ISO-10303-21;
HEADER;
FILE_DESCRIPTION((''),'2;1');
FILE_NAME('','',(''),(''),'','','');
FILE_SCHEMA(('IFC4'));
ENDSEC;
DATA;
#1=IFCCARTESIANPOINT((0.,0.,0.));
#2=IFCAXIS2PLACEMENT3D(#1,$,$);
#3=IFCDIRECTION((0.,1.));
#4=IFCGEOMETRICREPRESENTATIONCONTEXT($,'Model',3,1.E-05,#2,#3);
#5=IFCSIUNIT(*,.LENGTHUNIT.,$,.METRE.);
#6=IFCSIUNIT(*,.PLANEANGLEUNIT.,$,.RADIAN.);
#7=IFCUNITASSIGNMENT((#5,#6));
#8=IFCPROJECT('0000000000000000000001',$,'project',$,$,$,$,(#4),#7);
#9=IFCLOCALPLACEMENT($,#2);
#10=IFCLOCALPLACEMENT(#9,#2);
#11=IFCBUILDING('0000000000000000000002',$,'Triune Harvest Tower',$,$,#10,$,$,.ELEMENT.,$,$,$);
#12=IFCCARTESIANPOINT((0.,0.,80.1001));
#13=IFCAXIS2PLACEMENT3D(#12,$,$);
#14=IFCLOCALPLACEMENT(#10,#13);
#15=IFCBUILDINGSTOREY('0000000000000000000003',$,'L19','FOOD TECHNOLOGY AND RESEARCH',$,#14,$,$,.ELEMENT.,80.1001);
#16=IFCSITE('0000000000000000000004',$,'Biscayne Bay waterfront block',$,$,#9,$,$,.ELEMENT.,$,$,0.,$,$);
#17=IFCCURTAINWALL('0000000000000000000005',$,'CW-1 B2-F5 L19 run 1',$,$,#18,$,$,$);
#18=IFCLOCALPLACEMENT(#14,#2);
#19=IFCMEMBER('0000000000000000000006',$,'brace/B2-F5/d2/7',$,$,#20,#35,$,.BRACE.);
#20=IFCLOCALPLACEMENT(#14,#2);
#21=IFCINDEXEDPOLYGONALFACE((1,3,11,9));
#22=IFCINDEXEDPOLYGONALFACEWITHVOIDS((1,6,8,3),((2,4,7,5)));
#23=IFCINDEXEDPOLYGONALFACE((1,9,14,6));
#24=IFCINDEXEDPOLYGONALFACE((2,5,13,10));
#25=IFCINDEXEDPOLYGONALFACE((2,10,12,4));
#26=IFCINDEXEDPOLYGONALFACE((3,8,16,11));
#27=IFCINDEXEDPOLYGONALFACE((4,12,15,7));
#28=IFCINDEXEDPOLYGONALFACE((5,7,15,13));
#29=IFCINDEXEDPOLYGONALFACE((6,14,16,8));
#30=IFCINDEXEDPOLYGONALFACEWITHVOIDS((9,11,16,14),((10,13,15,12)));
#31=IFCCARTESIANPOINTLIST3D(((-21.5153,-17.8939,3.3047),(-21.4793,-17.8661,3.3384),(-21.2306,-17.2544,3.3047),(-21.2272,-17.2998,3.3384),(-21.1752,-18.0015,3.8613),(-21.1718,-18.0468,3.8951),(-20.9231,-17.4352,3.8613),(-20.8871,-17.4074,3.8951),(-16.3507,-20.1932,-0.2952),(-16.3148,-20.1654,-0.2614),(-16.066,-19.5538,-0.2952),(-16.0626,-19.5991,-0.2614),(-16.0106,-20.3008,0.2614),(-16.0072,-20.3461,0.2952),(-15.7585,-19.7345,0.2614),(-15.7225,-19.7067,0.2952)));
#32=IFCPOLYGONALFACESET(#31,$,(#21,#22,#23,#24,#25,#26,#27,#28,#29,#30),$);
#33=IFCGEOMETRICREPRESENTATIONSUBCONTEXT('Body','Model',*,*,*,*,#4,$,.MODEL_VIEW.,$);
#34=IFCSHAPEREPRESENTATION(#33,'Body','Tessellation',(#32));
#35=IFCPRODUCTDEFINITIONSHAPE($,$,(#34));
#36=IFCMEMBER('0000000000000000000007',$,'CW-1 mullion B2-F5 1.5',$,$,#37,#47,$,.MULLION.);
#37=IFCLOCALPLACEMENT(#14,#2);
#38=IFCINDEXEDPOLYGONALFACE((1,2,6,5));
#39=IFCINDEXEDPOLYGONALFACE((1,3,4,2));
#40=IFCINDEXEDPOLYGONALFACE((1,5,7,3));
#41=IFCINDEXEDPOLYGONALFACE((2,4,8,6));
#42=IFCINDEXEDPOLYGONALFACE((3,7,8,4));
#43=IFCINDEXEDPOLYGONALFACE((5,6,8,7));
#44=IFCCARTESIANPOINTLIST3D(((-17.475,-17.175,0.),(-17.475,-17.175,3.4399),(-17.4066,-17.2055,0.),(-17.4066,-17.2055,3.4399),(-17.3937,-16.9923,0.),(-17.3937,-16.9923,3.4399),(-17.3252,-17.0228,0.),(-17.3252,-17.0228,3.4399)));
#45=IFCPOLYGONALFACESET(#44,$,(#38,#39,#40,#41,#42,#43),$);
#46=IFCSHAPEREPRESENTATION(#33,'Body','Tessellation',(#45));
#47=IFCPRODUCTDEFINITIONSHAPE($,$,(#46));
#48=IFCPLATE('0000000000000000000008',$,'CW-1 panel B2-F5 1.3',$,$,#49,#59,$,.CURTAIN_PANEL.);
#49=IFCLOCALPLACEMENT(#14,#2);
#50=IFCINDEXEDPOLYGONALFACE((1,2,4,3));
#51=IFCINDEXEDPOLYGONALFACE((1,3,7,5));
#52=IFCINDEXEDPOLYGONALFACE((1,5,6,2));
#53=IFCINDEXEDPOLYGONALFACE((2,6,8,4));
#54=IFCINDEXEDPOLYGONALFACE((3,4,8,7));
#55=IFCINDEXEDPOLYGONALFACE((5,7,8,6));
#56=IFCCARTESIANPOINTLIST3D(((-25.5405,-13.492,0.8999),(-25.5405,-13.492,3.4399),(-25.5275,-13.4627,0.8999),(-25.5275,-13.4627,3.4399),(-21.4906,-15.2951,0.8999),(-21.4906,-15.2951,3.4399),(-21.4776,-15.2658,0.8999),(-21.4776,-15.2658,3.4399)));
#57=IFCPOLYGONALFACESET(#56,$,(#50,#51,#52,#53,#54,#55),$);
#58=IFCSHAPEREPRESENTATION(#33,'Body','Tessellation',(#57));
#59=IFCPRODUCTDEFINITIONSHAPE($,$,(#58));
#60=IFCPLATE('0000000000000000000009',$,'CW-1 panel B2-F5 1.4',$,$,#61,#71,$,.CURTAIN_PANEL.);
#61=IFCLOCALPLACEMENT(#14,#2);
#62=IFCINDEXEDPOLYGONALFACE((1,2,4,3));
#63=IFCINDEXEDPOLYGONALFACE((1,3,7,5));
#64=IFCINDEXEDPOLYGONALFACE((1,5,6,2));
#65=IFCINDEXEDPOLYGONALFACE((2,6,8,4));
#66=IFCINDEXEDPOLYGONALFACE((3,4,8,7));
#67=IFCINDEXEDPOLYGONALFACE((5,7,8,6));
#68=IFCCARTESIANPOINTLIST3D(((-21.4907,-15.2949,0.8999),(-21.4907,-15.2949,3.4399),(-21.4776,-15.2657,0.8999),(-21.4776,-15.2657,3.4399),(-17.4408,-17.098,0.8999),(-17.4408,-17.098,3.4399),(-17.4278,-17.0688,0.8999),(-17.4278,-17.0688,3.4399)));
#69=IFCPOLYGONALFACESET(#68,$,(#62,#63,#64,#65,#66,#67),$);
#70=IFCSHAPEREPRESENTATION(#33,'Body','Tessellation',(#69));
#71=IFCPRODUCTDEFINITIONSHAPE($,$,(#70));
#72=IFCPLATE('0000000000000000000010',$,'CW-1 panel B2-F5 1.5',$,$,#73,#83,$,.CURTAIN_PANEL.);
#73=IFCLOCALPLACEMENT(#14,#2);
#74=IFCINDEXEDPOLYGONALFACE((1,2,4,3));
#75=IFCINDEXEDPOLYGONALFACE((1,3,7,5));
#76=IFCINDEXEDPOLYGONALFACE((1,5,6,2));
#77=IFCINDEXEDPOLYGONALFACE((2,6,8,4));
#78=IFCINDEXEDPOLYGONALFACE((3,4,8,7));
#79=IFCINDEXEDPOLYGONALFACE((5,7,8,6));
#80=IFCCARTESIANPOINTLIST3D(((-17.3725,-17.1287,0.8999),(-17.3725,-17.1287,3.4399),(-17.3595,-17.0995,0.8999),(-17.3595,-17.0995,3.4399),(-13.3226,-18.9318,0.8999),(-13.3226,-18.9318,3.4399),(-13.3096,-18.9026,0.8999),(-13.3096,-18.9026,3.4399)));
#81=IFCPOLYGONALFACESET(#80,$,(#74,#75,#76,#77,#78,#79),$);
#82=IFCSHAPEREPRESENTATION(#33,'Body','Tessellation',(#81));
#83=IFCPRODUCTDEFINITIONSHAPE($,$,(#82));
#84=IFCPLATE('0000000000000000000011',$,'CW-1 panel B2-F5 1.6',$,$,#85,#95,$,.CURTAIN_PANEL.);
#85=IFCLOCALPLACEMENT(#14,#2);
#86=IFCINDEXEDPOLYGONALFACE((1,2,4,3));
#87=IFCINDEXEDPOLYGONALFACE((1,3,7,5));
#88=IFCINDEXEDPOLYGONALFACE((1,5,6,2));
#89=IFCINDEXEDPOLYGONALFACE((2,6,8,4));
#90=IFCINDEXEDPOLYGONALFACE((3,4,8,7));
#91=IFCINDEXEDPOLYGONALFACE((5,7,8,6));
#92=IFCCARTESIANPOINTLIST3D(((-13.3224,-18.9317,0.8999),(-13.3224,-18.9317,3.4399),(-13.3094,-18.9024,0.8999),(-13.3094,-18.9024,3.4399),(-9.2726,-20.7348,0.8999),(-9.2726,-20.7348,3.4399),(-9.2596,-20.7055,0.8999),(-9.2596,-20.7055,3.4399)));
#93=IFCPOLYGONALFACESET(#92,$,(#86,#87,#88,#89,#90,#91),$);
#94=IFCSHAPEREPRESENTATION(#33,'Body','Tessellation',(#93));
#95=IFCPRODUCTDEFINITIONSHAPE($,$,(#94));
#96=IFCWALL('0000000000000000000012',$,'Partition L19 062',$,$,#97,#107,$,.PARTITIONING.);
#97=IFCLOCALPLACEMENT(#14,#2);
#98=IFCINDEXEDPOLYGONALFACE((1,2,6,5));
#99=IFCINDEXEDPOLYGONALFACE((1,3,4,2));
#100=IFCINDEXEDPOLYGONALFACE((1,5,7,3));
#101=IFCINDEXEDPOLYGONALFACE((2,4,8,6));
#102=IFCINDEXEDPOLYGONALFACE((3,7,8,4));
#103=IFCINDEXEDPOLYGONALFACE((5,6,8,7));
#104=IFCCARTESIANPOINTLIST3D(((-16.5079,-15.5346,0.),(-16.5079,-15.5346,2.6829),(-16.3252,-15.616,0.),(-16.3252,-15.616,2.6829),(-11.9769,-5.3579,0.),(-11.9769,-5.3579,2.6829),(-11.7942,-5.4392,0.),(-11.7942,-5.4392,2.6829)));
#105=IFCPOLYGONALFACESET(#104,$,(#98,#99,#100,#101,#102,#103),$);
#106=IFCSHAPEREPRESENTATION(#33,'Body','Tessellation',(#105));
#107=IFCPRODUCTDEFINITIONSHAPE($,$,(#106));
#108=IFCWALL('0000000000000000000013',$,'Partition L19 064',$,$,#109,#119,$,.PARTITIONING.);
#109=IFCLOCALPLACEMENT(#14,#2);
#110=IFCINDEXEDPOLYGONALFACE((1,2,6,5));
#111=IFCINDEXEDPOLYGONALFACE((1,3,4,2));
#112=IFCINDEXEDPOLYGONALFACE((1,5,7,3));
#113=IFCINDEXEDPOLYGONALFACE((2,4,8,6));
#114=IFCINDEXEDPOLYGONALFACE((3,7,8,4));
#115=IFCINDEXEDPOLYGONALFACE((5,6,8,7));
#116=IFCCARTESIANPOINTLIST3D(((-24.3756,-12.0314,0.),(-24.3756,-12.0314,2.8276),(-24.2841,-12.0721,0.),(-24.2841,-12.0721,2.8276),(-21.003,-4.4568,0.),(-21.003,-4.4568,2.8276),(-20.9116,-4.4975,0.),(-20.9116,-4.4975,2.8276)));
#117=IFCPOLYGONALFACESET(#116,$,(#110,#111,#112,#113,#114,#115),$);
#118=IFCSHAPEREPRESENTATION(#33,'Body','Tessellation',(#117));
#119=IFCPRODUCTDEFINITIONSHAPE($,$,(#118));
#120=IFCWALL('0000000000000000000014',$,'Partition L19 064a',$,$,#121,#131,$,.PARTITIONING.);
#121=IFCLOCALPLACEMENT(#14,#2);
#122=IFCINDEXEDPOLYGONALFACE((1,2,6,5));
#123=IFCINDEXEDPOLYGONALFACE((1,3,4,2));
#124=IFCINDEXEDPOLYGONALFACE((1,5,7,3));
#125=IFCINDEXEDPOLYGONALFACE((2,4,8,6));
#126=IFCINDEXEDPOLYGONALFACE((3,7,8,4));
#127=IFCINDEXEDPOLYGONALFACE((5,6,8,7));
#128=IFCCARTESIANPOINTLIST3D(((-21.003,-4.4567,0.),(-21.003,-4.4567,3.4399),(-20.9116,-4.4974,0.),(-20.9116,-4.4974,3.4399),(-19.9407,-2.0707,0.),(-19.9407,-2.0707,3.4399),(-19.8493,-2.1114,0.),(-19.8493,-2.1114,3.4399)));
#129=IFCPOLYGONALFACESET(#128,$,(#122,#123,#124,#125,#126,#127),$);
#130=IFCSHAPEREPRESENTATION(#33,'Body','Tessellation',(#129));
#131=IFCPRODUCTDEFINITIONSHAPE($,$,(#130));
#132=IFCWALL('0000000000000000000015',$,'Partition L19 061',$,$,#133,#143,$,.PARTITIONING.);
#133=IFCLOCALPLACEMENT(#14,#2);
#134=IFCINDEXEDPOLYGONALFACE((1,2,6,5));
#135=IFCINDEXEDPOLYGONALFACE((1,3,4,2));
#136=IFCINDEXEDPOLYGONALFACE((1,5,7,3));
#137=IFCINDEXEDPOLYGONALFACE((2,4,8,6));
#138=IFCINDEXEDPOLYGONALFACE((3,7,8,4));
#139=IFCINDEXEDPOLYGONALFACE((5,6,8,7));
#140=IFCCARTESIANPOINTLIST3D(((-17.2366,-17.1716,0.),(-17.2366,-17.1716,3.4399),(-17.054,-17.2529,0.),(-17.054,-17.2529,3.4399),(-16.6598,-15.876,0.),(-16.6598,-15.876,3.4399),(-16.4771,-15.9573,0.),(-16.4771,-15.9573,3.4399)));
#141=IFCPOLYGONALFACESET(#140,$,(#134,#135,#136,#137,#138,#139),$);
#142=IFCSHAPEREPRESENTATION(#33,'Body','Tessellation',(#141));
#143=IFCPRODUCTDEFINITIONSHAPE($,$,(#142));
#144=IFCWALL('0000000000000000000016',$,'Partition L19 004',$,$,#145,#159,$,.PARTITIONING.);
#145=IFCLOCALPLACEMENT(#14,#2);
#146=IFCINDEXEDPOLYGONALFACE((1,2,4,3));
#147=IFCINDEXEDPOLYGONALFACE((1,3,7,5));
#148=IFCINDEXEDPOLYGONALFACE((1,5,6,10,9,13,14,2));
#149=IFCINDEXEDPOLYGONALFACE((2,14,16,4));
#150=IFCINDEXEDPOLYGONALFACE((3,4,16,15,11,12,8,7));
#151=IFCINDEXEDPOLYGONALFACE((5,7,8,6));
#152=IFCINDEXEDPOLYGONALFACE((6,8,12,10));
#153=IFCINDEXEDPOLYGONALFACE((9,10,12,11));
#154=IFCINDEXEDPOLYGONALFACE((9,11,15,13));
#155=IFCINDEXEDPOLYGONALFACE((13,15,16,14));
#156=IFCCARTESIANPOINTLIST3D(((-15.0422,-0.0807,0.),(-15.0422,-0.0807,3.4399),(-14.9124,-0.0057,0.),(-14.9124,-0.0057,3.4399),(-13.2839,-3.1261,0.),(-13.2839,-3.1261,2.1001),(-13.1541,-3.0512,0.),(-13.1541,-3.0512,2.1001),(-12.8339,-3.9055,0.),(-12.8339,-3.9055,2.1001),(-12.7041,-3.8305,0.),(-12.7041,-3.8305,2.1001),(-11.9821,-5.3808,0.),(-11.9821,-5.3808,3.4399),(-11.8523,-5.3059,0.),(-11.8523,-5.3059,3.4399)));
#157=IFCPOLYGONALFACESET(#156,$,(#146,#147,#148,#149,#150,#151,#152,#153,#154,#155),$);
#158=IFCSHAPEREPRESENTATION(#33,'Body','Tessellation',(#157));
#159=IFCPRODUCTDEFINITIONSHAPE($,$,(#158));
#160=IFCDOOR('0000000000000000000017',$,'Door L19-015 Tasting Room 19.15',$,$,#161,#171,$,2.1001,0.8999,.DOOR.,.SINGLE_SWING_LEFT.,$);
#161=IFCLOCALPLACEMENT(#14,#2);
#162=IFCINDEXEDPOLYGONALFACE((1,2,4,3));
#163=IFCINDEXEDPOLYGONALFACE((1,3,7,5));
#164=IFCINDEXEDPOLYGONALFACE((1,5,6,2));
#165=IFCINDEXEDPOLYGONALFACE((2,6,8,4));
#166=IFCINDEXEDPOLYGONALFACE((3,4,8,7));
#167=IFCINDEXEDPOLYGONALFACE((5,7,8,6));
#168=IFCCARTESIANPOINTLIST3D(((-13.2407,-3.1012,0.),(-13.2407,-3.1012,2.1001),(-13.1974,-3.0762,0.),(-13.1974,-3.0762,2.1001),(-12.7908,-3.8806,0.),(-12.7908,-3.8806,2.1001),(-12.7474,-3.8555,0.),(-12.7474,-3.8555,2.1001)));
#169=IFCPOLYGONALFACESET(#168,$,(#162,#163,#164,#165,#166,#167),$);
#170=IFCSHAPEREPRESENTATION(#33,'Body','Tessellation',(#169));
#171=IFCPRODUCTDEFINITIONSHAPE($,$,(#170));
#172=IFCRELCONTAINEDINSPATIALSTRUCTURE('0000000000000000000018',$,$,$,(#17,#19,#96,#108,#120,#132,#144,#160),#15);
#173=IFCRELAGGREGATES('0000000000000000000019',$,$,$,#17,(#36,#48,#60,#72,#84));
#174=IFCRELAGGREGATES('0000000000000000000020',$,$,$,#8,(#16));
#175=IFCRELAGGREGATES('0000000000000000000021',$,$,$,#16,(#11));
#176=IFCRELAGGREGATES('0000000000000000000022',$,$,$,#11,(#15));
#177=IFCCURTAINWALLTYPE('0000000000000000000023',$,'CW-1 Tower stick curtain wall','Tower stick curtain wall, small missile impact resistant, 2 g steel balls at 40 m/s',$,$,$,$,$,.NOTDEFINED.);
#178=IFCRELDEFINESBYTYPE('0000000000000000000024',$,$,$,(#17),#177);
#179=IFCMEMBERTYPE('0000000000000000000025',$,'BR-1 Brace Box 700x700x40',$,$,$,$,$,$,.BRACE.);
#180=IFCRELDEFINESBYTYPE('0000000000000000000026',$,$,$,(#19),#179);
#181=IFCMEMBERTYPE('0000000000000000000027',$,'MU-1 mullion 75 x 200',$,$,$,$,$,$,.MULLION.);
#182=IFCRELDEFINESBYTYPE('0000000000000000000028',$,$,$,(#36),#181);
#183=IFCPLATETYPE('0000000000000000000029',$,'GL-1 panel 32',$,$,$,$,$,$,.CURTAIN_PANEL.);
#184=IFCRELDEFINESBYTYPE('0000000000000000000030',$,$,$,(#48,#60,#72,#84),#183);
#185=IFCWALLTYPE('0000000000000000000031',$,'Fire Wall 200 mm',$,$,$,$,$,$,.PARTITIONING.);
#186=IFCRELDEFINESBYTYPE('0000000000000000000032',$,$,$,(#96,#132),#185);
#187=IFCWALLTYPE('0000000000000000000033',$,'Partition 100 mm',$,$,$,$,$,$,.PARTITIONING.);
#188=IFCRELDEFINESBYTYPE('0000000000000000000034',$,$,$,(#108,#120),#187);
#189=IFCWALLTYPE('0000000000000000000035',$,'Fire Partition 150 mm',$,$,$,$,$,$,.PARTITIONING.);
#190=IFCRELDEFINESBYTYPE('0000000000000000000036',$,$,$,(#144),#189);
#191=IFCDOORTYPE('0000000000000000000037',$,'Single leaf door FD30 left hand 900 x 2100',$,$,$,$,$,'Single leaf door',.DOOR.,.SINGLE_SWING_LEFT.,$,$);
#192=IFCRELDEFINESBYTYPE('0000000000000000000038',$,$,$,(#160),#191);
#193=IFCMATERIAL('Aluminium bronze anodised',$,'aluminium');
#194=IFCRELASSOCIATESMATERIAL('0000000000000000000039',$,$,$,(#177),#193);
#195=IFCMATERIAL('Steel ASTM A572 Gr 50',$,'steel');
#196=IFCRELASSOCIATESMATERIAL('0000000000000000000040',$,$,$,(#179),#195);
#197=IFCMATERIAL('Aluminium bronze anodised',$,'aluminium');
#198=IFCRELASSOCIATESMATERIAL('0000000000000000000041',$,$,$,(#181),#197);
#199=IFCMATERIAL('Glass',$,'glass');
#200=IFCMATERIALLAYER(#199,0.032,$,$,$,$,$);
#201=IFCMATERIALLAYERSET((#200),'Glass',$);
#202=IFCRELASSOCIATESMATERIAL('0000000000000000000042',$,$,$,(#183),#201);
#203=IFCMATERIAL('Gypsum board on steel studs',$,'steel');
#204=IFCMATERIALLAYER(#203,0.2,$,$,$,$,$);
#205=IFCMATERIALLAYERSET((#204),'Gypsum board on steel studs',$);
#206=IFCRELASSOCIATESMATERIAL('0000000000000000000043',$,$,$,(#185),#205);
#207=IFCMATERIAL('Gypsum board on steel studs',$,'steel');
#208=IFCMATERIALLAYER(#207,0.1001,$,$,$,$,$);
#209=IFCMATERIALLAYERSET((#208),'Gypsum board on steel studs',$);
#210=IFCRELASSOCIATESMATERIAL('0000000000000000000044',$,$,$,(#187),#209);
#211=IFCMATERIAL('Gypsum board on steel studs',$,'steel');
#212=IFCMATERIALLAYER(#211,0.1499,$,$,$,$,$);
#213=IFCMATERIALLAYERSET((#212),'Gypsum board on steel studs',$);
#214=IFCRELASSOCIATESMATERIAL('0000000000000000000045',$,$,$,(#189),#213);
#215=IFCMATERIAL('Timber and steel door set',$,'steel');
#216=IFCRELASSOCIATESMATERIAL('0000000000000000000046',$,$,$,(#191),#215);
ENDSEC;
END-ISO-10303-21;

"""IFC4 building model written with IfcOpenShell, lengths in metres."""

from ifc_helpers import new_model, si_unit, direction, frame, frame_2d, origin, origin_2d, place, context, subcontext, project, spatial, rectangle, hollow_rectangle, extrude, source, transform, mapped, material, layer, layer_set, material_profile, profile_set, type_object, element, fill, aggregate, save


model = new_model("IFC4")

# Units and contexts
model_context = context("Model", 3, precision=1e-05, world=origin(), true_north=direction((0.0, 1.0)))
body_context = subcontext(model_context, "Body", "Model", "MODEL_VIEW")
ifc_project = project(units=[si_unit("LENGTHUNIT", "METRE"), si_unit("PLANEANGLEUNIT", "RADIAN")], contexts=[model_context])

# Site, building, storey
site_placement = place(None, origin())
site = spatial("IfcSite", under=ifc_project, at=site_placement, Name="Biscayne Bay waterfront block", CompositionType="ELEMENT", RefElevation=0.0)
building_placement = place(site_placement, origin())
building = spatial("IfcBuilding", under=site, at=building_placement, Name="Triune Harvest Tower", CompositionType="ELEMENT")
storey_placement = place(building_placement, frame((0.0, 0.0, 80.1001)))
storey = spatial("IfcBuildingStorey", under=building, at=storey_placement, Name="L19", Description="FOOD TECHNOLOGY AND RESEARCH", CompositionType="ELEMENT", Elevation=80.1001)

# Curtain wall
ifc_material_1 = material(Name="Aluminium bronze anodised", Category="aluminium")
curtain_wall_type = type_object("IfcCurtainWallType", Name="CW-1 Tower stick curtain wall", Description="Tower stick curtain wall, small missile impact resistant, 2 g steel balls at 40 m/s", PredefinedType="NOTDEFINED", material=ifc_material_1)
curtain_wall_placement = place(storey_placement, origin())
curtain_wall = element("IfcCurtainWall", 1, at=curtain_wall_placement, inside=storey, type_object=curtain_wall_type, Name="CW-1 B2-F5 L19 run 1")

# Members
ifc_material_2 = material(Name="Steel ASTM A572 Gr 50", Category="steel")
ifc_material_profile_1 = material_profile(ifc_material_2, hollow_rectangle(XDim=0.7, YDim=0.7, WallThickness=0.04, at=origin_2d()), Name="Box 700x700x40")
ifc_profile_set_1 = profile_set([ifc_material_profile_1], Name="Steel ASTM A572 Gr 50")
member_type_1 = type_object("IfcMemberType", Name="BR-1 Brace Box 700x700x40", PredefinedType="BRACE", material=ifc_profile_set_1)
shared_shape_1 = source(origin(), body_context, "Body", "SweptSolid", [
    extrude(hollow_rectangle(XDim=0.7, YDim=0.7, WallThickness=0.04, at=origin_2d()), origin(), (0.0, 0.0, 1.0), 6.7021),
])
member_1_placement = place(storey_placement, frame((-16.0366, -19.95, 0.0), z_axis=(-0.770585, 0.343073, 0.537122), x_axis=(-0.406723, -0.913551, 0.0)))
element("IfcMember", 2, at=member_1_placement, inside=storey, type_object=member_type_1, Name="brace/B2-F5/d2/7", PredefinedType="BRACE", context=body_context, shape_type="MappedRepresentation", body=[
    mapped(shared_shape_1, transform((0.0, 0.0, 0.0), scale=1.0)),
])
ifc_material_3 = material(Name="Aluminium bronze anodised", Category="aluminium")
ifc_material_profile_2 = material_profile(ifc_material_3, rectangle(XDim=0.2, YDim=0.075, at=origin_2d()), Name="MU-1 mullion 75 x 200")
ifc_profile_set_2 = profile_set([ifc_material_profile_2], Name="Aluminium bronze anodised")
member_type_2 = type_object("IfcMemberType", Name="MU-1 mullion 75 x 200", PredefinedType="MULLION", material=ifc_profile_set_2)
shared_shape_2 = source(origin(), body_context, "Body", "SweptSolid", [
    extrude(rectangle(XDim=0.2, YDim=0.075, at=origin_2d()), origin(), (0.0, 0.0, 1.0), 3.4399),
])
member_2_placement = place(storey_placement, frame((-17.4001, -17.0989, 0.0), z_axis=(0.0, 0.0, 1.0), x_axis=(0.406736, 0.913546, 0.0)))
member_2 = element("IfcMember", 3, at=member_2_placement, type_object=member_type_2, Name="CW-1 mullion B2-F5 1.5", PredefinedType="MULLION", context=body_context, shape_type="MappedRepresentation", body=[
    mapped(shared_shape_2, transform((0.0, 0.0, 0.0), scale=1.0)),
])

# Plates
ifc_material_4 = material(Name="Glass", Category="glass")
ifc_layer_1 = layer(ifc_material_4, 0.032)
ifc_layer_set_1 = layer_set([ifc_layer_1], Name="Glass")
plate_type = type_object("IfcPlateType", Name="GL-1 panel 32", PredefinedType="CURTAIN_PANEL", material=ifc_layer_set_1)
shared_shape_3 = source(origin(), body_context, "Body", "SweptSolid", [
    extrude(rectangle(XDim=4.4331, YDim=0.032, at=origin_2d()), origin(), (0.0, 0.0, 1.0), 2.54),
])
plate_1_placement = place(storey_placement, frame((-23.509, -14.3789, 0.8999), z_axis=(0.0, 0.0, 1.0), x_axis=(0.913546, -0.406736, 0.0)))
plate_1 = element("IfcPlate", 4, at=plate_1_placement, type_object=plate_type, Name="CW-1 panel B2-F5 1.3", PredefinedType="CURTAIN_PANEL", context=body_context, shape_type="MappedRepresentation", body=[
    mapped(shared_shape_3, transform((0.0, 0.0, 0.0), scale=1.0)),
])
plate_2_placement = place(storey_placement, frame((-19.4592, -16.1819, 0.8999), z_axis=(0.0, 0.0, 1.0), x_axis=(0.913546, -0.406736, 0.0)))
plate_2 = element("IfcPlate", 5, at=plate_2_placement, type_object=plate_type, Name="CW-1 panel B2-F5 1.4", PredefinedType="CURTAIN_PANEL", context=body_context, shape_type="MappedRepresentation", body=[
    mapped(shared_shape_3, transform((0.0, 0.0, 0.0), scale=1.0)),
])
plate_3_placement = place(storey_placement, frame((-15.3411, -18.0156, 0.8999), z_axis=(0.0, 0.0, 1.0), x_axis=(0.913546, -0.406736, 0.0)))
plate_3 = element("IfcPlate", 6, at=plate_3_placement, type_object=plate_type, Name="CW-1 panel B2-F5 1.5", PredefinedType="CURTAIN_PANEL", context=body_context, shape_type="MappedRepresentation", body=[
    mapped(shared_shape_3, transform((0.0, 0.0, 0.0), scale=1.0)),
])
plate_4_placement = place(storey_placement, frame((-11.291, -19.8186, 0.8999), z_axis=(0.0, 0.0, 1.0), x_axis=(0.913546, -0.406736, 0.0)))
plate_4 = element("IfcPlate", 7, at=plate_4_placement, type_object=plate_type, Name="CW-1 panel B2-F5 1.6", PredefinedType="CURTAIN_PANEL", context=body_context, shape_type="MappedRepresentation", body=[
    mapped(shared_shape_3, transform((0.0, 0.0, 0.0), scale=1.0)),
])
aggregate(curtain_wall, [member_2, plate_1, plate_2, plate_3, plate_4])

# Walls
ifc_material_5 = material(Name="Gypsum board on steel studs", Category="steel")
ifc_layer_2 = layer(ifc_material_5, 0.2)
ifc_layer_set_2 = layer_set([ifc_layer_2], Name="Gypsum board on steel studs")
wall_type_1 = type_object("IfcWallType", Name="Fire Wall 200 mm", PredefinedType="PARTITIONING", material=ifc_layer_set_2)
wall_1_placement = place(storey_placement, frame((-16.4165, -15.5752, 0.0), z_axis=(0.0, 0.0, 1.0), x_axis=(0.406738, 0.913545, 0.0)))
element("IfcWall", 8, at=wall_1_placement, inside=storey, type_object=wall_type_1, Name="Partition L19 062", PredefinedType="PARTITIONING", context=body_context, shape_type="SweptSolid", body=[
    extrude(rectangle(XDim=11.1399, YDim=0.2, at=frame_2d((5.5698, 0.0))), origin(), (0.0, 0.0, 1.0), 2.6829),
])
ifc_material_6 = material(Name="Gypsum board on steel studs", Category="steel")
ifc_layer_3 = layer(ifc_material_6, 0.1001)
ifc_layer_set_3 = layer_set([ifc_layer_3], Name="Gypsum board on steel studs")
wall_type_2 = type_object("IfcWallType", Name="Partition 100 mm", PredefinedType="PARTITIONING", material=ifc_layer_set_3)
shared_shape_4 = source(origin(), body_context, "Body", "SweptSolid", [
    extrude(rectangle(XDim=8.2915, YDim=0.1001, at=frame_2d((4.1458, 0.0))), origin(), (0.0, 0.0, 1.0), 2.8276),
])
wall_2_placement = place(storey_placement, frame((-24.3298, -12.0518, 0.0), z_axis=(0.0, 0.0, 1.0), x_axis=(0.406745, 0.913542, 0.0)))
element("IfcWall", 9, at=wall_2_placement, inside=storey, type_object=wall_type_2, Name="Partition L19 064", PredefinedType="PARTITIONING", context=body_context, shape_type="MappedRepresentation", body=[
    mapped(shared_shape_4, transform((0.0, 0.0, 0.0), scale=1.0)),
])
shared_shape_5 = source(origin(), body_context, "Body", "SweptSolid", [
    extrude(rectangle(XDim=2.6118, YDim=0.1001, at=frame_2d((1.3059, 0.0))), origin(), (0.0, 0.0, 1.0), 3.4399),
])
wall_3_placement = place(storey_placement, frame((-20.9573, -4.4771, 0.0), z_axis=(0.0, 0.0, 1.0), x_axis=(0.406719, 0.913553, 0.0)))
element("IfcWall", 10, at=wall_3_placement, inside=storey, type_object=wall_type_2, Name="Partition L19 064a", PredefinedType="PARTITIONING", context=body_context, shape_type="MappedRepresentation", body=[
    mapped(shared_shape_5, transform((0.0, 0.0, 0.0), scale=1.0)),
])
shared_shape_6 = source(origin(), body_context, "Body", "SweptSolid", [
    extrude(rectangle(XDim=1.4182, YDim=0.2, at=frame_2d((0.709, 0.0))), origin(), (0.0, 0.0, 1.0), 3.4399),
])
wall_4_placement = place(storey_placement, frame((-17.1453, -17.2122, 0.0), z_axis=(0.0, 0.0, 1.0), x_axis=(0.406761, 0.913534, 0.0)))
element("IfcWall", 11, at=wall_4_placement, inside=storey, type_object=wall_type_1, Name="Partition L19 061", PredefinedType="PARTITIONING", context=body_context, shape_type="MappedRepresentation", body=[
    mapped(shared_shape_6, transform((0.0, 0.0, 0.0), scale=1.0)),
])

# Wall, opening, door
ifc_material_7 = material(Name="Gypsum board on steel studs", Category="steel")
ifc_layer_4 = layer(ifc_material_7, 0.1499)
ifc_layer_set_4 = layer_set([ifc_layer_4], Name="Gypsum board on steel studs")
wall_type_3 = type_object("IfcWallType", Name="Fire Partition 150 mm", PredefinedType="PARTITIONING", material=ifc_layer_set_4)
shared_shape_7 = source(origin(), body_context, "Body", "SweptSolid", [
    extrude(rectangle(XDim=6.1201, YDim=0.1499, at=frame_2d((3.0601, 0.0))), origin(), (0.0, 0.0, 1.0), 3.4399),
])
wall_5_placement = place(storey_placement, frame((-14.9773, -0.0432, 0.0), z_axis=(0.0, 0.0, 1.0), x_axis=(0.500009, -0.86602, 0.0)))
wall_5 = element("IfcWall", 12, at=wall_5_placement, inside=storey, type_object=wall_type_3, Name="Partition L19 004", PredefinedType="PARTITIONING", context=body_context, shape_type="MappedRepresentation", body=[
    mapped(shared_shape_7, transform((0.0, 0.0, 0.0), scale=1.0)),
])
opening_1_placement = place(wall_5_placement, frame((3.5166, 0.0, 0.0)))
opening_1 = element("IfcOpeningElement", 13, at=opening_1_placement, cuts=wall_5, PredefinedType="OPENING", context=body_context, shape_type="SweptSolid", body=[
    extrude(rectangle(XDim=0.8999, YDim=2.1001, at=frame_2d((0.45, 1.05))), frame((0.0, 0.085, 0.0), z_axis=(0.0, -1.0, 0.0), x_axis=(1.0, 0.0, 0.0)), (0.0, 0.0, 1.0), 0.1699),
])
ifc_material_8 = material(Name="Timber and steel door set", Category="steel")
door_type_1 = type_object("IfcDoorType", Name="Single leaf door FD30 left hand 900 x 2100", ElementType="Single leaf door", OperationType="SINGLE_SWING_LEFT", PredefinedType="DOOR", material=ifc_material_8)
door_1_placement = place(opening_1_placement, origin())
door_1 = element("IfcDoor", 14, at=door_1_placement, inside=storey, type_object=door_type_1, Name="Door L19-015 Tasting Room 19.15", OperationType="SINGLE_SWING_LEFT", OverallHeight=2.1001, OverallWidth=0.8999, PredefinedType="DOOR", context=body_context, shape_type="SweptSolid", body=[
    extrude(rectangle(XDim=0.8999, YDim=2.1001, at=frame_2d((0.45, 1.05))), frame((0.0, 0.0249, 0.0), z_axis=(0.0, -1.0, 0.0), x_axis=(1.0, 0.0, 0.0)), (0.0, 0.0, 1.0), 0.05),
])
fill(opening_1, door_1)

save(model, "model.ifc")
